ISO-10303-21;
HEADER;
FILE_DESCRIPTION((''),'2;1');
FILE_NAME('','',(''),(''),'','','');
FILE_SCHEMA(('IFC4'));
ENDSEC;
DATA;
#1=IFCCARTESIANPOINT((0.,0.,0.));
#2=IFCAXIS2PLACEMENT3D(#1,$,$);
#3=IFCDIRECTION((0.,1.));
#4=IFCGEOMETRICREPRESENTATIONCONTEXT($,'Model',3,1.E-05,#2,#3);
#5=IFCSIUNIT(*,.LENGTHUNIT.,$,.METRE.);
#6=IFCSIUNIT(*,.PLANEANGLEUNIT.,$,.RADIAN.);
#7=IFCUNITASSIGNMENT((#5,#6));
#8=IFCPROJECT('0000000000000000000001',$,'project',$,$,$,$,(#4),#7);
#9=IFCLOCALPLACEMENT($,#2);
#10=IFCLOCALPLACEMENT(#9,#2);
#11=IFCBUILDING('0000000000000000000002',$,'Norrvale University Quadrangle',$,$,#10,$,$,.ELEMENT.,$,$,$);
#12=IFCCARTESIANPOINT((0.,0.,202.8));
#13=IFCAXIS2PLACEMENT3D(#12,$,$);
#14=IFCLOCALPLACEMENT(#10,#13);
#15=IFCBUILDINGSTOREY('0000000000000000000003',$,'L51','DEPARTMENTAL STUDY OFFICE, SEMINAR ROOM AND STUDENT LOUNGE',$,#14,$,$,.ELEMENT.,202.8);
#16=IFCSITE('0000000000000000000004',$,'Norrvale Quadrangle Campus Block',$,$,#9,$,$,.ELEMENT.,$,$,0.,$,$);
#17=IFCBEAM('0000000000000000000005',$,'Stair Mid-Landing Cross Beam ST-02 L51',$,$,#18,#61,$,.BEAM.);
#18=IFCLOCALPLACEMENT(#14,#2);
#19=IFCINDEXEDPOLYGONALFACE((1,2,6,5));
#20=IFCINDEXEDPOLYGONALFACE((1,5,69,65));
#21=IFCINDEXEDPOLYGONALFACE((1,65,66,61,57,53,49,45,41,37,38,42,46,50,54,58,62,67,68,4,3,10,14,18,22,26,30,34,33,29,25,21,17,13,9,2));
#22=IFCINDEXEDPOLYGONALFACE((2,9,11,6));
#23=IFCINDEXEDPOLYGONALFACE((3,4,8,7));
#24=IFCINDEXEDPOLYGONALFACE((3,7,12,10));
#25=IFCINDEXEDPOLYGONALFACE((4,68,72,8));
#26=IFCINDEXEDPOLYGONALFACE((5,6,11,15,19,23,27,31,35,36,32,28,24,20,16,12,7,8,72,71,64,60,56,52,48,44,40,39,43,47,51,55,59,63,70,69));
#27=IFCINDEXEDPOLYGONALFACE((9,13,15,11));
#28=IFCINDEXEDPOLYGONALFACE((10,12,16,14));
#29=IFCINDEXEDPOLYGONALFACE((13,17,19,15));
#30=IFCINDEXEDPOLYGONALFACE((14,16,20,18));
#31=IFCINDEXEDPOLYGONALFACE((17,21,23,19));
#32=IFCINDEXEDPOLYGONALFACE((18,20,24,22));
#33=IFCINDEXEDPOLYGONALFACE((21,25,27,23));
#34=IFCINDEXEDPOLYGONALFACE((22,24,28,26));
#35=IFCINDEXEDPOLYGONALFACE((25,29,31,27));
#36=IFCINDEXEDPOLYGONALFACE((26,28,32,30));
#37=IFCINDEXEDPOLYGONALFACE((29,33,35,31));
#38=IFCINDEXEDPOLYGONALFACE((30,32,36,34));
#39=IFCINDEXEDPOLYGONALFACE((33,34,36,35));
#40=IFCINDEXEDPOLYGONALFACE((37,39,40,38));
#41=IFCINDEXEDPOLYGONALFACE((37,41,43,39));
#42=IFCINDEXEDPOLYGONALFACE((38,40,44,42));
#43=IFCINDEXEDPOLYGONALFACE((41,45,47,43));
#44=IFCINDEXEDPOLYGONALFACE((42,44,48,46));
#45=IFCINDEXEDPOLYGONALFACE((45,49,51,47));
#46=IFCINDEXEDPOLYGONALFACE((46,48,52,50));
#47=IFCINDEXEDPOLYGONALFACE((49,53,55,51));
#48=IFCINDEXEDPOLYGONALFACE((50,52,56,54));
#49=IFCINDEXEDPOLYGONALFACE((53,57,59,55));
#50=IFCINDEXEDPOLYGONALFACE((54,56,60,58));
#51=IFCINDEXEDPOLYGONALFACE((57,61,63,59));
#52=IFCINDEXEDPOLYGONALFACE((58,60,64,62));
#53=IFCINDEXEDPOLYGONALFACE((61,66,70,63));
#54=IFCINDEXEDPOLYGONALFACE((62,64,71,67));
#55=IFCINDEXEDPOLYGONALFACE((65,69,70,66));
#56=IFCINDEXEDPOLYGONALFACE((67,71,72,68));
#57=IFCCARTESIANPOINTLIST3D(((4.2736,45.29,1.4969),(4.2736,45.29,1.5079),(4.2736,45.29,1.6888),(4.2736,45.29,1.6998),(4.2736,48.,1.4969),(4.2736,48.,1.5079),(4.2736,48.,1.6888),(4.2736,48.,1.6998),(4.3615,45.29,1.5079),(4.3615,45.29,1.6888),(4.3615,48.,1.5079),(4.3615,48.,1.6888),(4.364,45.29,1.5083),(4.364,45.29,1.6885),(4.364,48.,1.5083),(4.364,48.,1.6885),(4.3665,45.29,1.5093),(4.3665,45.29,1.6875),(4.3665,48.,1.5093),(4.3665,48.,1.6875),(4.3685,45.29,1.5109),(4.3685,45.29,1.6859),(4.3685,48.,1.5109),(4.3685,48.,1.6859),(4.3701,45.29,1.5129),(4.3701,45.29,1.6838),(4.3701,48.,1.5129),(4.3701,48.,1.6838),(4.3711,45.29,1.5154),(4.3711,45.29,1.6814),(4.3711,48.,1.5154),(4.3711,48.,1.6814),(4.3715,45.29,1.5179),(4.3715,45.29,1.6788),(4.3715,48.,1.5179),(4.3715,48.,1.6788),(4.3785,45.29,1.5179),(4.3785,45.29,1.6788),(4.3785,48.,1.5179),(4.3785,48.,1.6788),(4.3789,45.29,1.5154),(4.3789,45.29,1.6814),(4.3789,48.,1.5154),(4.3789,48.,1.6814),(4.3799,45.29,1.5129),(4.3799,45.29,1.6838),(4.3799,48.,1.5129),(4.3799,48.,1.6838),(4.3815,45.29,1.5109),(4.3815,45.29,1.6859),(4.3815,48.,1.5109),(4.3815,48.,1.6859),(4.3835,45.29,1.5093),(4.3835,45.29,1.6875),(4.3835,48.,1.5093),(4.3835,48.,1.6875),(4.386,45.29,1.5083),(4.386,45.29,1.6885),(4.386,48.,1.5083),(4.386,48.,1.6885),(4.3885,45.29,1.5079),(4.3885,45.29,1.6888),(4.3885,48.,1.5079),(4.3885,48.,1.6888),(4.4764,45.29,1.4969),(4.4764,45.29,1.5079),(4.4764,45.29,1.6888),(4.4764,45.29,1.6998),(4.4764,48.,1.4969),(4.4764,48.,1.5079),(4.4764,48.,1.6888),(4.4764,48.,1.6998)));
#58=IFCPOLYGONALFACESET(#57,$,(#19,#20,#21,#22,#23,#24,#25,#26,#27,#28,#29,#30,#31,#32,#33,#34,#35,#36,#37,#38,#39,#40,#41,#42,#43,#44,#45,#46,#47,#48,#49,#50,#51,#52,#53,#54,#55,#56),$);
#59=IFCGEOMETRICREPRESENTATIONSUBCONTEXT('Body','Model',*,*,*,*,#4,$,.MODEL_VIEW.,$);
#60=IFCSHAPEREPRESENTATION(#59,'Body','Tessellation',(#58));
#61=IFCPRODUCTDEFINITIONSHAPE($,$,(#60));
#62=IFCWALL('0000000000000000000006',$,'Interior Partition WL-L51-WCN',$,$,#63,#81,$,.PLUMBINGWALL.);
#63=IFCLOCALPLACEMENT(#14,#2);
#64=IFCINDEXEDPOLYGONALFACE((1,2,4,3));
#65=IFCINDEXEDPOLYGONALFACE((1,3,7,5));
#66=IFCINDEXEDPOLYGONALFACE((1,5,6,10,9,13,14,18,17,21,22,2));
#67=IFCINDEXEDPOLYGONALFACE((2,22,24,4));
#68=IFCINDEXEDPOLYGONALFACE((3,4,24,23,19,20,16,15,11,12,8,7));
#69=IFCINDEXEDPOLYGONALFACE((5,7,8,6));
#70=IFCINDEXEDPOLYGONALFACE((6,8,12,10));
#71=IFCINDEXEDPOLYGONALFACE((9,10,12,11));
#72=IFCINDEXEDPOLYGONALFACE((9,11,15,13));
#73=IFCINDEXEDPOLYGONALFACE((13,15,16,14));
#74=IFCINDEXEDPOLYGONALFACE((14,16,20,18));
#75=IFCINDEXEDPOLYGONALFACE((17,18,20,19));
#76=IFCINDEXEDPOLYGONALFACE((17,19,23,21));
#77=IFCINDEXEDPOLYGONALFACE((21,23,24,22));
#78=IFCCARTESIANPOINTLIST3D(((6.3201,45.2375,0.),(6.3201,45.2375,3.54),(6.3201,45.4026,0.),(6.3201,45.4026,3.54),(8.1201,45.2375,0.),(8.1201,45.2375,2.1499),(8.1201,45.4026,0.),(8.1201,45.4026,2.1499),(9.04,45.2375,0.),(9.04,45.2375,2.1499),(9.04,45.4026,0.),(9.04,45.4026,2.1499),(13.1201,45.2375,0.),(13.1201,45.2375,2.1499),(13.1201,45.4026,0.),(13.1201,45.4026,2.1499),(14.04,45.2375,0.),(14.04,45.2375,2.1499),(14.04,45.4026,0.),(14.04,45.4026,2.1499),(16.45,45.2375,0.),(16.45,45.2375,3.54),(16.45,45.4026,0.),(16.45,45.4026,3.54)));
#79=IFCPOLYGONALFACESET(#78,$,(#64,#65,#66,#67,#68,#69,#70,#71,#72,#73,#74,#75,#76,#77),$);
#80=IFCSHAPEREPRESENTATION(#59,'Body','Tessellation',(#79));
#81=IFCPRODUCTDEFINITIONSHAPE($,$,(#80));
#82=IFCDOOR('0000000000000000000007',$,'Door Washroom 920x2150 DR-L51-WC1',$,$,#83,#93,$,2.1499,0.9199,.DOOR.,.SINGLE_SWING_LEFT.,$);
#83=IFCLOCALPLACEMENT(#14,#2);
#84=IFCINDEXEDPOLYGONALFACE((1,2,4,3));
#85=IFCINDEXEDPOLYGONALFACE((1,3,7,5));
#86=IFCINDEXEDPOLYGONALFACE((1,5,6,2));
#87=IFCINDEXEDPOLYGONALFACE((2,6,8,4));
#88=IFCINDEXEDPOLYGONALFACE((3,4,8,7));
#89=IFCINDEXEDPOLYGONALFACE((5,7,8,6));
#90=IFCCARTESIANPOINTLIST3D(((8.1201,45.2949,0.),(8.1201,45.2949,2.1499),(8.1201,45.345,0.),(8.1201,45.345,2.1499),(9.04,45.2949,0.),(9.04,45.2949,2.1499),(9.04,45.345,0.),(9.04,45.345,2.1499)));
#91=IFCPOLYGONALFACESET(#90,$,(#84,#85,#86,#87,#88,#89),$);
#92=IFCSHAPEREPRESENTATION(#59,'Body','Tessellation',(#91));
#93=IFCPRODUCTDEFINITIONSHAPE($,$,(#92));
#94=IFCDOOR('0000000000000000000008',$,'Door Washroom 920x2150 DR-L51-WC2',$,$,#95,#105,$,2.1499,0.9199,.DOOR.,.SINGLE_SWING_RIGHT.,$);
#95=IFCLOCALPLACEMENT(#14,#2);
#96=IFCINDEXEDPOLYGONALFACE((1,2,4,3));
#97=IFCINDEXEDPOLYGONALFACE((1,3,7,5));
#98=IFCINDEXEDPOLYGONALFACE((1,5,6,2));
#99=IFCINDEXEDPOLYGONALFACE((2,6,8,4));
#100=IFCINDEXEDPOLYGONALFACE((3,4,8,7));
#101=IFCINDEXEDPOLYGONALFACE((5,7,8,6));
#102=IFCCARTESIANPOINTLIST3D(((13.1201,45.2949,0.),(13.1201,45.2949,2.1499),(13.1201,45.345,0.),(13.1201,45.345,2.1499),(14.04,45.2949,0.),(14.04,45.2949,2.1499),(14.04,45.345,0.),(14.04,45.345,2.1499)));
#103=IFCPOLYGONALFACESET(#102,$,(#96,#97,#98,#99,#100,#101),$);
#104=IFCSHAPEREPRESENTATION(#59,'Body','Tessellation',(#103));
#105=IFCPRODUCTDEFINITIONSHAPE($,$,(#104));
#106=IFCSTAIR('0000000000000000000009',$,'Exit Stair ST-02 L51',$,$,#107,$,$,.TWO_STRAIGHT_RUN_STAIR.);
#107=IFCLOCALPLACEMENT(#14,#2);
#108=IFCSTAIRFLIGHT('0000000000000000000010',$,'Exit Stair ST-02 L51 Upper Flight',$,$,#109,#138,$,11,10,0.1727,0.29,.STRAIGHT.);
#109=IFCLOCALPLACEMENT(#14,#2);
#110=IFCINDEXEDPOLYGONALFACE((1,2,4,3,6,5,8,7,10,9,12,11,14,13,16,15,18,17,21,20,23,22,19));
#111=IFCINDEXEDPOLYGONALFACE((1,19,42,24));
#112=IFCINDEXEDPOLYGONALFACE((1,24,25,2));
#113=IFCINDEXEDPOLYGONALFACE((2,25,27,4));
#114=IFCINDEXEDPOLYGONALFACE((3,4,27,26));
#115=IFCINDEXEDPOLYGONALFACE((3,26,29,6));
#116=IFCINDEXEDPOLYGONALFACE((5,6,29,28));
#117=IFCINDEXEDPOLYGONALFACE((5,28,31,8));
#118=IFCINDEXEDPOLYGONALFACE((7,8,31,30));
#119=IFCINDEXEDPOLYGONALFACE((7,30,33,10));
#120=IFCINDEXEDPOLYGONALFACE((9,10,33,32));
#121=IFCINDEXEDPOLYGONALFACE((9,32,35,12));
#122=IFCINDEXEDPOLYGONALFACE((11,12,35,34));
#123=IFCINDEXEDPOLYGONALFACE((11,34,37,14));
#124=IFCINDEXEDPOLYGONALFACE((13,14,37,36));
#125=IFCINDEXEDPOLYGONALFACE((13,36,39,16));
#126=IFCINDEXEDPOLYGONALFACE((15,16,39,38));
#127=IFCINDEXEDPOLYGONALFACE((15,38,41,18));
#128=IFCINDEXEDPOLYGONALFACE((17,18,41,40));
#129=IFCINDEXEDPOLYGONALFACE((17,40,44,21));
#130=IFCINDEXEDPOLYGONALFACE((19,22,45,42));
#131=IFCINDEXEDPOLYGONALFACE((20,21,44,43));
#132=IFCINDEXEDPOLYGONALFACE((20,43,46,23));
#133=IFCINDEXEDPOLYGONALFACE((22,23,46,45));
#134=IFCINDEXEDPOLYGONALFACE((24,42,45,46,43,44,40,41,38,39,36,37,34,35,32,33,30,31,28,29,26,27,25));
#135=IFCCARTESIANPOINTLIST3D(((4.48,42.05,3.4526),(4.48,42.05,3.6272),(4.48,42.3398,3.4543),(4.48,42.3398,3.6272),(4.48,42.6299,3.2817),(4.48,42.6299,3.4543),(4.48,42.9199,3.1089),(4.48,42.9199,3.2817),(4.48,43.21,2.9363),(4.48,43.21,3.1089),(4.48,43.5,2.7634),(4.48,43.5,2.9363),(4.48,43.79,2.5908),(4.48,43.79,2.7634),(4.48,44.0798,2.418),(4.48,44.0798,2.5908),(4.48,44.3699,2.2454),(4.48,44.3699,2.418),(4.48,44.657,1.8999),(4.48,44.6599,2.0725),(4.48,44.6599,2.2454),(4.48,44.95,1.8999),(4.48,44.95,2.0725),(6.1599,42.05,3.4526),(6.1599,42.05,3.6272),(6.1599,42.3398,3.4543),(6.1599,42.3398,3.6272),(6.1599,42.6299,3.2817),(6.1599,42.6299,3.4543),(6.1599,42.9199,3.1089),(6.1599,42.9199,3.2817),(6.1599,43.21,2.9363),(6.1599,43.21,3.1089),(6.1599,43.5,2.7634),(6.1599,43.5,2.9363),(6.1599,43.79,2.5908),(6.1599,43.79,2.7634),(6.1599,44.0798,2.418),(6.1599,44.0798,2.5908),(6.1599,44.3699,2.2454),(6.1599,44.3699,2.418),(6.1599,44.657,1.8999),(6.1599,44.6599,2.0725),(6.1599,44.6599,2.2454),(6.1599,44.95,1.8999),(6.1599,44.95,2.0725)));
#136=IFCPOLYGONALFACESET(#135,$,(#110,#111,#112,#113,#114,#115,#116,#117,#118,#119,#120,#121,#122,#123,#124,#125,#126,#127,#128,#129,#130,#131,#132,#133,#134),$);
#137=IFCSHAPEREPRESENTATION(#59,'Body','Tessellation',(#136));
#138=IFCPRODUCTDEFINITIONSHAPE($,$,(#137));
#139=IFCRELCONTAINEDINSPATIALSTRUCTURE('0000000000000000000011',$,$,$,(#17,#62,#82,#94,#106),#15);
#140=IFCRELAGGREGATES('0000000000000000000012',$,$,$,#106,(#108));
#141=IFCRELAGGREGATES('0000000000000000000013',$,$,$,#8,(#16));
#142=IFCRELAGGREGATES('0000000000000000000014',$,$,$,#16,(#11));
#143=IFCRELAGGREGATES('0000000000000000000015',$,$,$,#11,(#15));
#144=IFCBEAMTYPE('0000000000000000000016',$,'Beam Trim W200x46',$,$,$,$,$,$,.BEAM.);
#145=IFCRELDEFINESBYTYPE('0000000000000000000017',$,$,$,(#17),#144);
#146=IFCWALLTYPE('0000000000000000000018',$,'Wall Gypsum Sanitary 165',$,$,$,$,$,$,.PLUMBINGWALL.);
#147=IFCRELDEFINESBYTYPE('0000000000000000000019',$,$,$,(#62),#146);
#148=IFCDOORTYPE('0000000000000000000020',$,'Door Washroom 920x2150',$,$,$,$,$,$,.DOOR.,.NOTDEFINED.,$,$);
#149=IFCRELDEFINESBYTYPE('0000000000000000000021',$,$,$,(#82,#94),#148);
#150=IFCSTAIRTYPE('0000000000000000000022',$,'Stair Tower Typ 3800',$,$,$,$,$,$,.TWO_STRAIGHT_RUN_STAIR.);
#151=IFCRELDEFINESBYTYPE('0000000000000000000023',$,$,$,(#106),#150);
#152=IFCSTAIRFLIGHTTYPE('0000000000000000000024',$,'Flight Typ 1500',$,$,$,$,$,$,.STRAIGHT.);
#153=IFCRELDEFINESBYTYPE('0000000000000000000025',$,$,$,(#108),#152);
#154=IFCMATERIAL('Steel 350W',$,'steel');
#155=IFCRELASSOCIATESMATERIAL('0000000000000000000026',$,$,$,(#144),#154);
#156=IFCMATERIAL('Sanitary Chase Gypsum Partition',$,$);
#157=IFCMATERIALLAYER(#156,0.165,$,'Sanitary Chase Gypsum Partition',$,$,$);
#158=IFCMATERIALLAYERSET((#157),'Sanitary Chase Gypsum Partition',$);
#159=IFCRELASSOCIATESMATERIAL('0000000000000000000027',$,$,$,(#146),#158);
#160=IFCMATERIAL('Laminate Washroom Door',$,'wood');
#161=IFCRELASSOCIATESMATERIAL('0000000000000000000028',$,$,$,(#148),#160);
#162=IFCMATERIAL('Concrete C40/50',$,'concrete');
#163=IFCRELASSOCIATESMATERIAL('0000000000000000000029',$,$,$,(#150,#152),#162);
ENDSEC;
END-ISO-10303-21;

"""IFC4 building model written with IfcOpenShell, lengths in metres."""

from ifc_helpers import new_model, si_unit, direction, frame, frame_2d, origin, origin_2d, place, context, subcontext, project, spatial, polyline, rectangle, i_section, outline, extrude, material, layer, layer_set, material_profile, profile_set, type_object, element, fill, aggregate, save


model = new_model("IFC4")

# Units and contexts
model_context = context("Model", 3, precision=1e-05, world=origin(), true_north=direction((0.0, 1.0)))
body_context = subcontext(model_context, "Body", "Model", "MODEL_VIEW")
ifc_project = project(units=[si_unit("LENGTHUNIT", "METRE"), si_unit("PLANEANGLEUNIT", "RADIAN")], contexts=[model_context])

# Site, building, storey
site_placement = place(None, origin())
site = spatial("IfcSite", under=ifc_project, at=site_placement, Name="Norrvale Quadrangle Campus Block", CompositionType="ELEMENT", RefElevation=0.0)
building_placement = place(site_placement, origin())
building = spatial("IfcBuilding", under=site, at=building_placement, Name="Norrvale University Quadrangle", CompositionType="ELEMENT")
storey_placement = place(building_placement, frame((0.0, 0.0, 202.8)))
storey = spatial("IfcBuildingStorey", under=building, at=storey_placement, Name="L51", Description="DEPARTMENTAL STUDY OFFICE, SEMINAR ROOM AND STUDENT LOUNGE", CompositionType="ELEMENT", Elevation=202.8)

# Beam
ifc_material_1 = material(Name="Steel 350W", Category="steel")
ifc_material_profile_1 = material_profile(ifc_material_1, i_section(OverallWidth=0.2029, OverallDepth=0.2029, WebThickness=0.0071, FlangeThickness=0.011, FilletRadius=0.01, at=origin_2d()), Name="Steel 350W")
ifc_profile_set_1 = profile_set([ifc_material_profile_1], Name="Steel 350W")
beam_type_1 = type_object("IfcBeamType", Name="Beam Trim W200x46", PredefinedType="BEAM", material=ifc_profile_set_1)
beam_1_placement = place(storey_placement, frame((4.375, 45.29, 1.5984), z_axis=(0.0, 1.0, 0.0), x_axis=(-1.0, 0.0, 0.0)))
element("IfcBeam", 1, at=beam_1_placement, inside=storey, type_object=beam_type_1, Name="Stair Mid-Landing Cross Beam ST-02 L51", PredefinedType="BEAM", context=body_context, shape_type="SweptSolid", body=[
    extrude(i_section(OverallWidth=0.2029, OverallDepth=0.2029, WebThickness=0.0071, FlangeThickness=0.011, FilletRadius=0.01, at=origin_2d()), origin(), (0.0, 0.0, 1.0), 2.71),
])

# Wall, openings, doors
ifc_material_2 = material(Name="Sanitary Chase Gypsum Partition")
ifc_layer = layer(ifc_material_2, 0.165, Name="Sanitary Chase Gypsum Partition")
ifc_layer_set = layer_set([ifc_layer], Name="Sanitary Chase Gypsum Partition")
wall_type = type_object("IfcWallType", Name="Wall Gypsum Sanitary 165", PredefinedType="PLUMBINGWALL", material=ifc_layer_set)
wall_placement = place(storey_placement, frame((6.3201, 45.3201, 0.0), z_axis=(0.0, 0.0, 1.0), x_axis=(1.0, 0.0, 0.0)))
wall = element("IfcWall", 2, at=wall_placement, inside=storey, type_object=wall_type, Name="Interior Partition WL-L51-WCN", PredefinedType="PLUMBINGWALL", context=body_context, shape_type="SweptSolid", body=[
    extrude(rectangle(XDim=10.1299, YDim=0.165, at=frame_2d((5.0649, 0.0))), origin(), (0.0, 0.0, 1.0), 3.54),
])
opening_1_placement = place(wall_placement, frame((1.8, 0.0, 0.0)))
opening_1 = element("IfcOpeningElement", 3, at=opening_1_placement, cuts=wall, PredefinedType="OPENING", context=body_context, shape_type="SweptSolid", body=[
    extrude(rectangle(XDim=0.9199, YDim=2.1499, at=frame_2d((0.46, 1.075))), frame((0.0, 0.0945, 0.0), z_axis=(0.0, -1.0, 0.0), x_axis=(1.0, 0.0, 0.0)), (0.0, 0.0, 1.0), 0.189),
])
opening_2_placement = place(wall_placement, frame((6.8, 0.0, 0.0)))
opening_2 = element("IfcOpeningElement", 4, at=opening_2_placement, cuts=wall, PredefinedType="OPENING", context=body_context, shape_type="SweptSolid", body=[
    extrude(rectangle(XDim=0.9199, YDim=2.1499, at=frame_2d((0.46, 1.075))), frame((0.0, 0.0945, 0.0), z_axis=(0.0, -1.0, 0.0), x_axis=(1.0, 0.0, 0.0)), (0.0, 0.0, 1.0), 0.189),
])
ifc_material_3 = material(Name="Laminate Washroom Door", Category="wood")
door_type = type_object("IfcDoorType", Name="Door Washroom 920x2150", OperationType="NOTDEFINED", PredefinedType="DOOR", material=ifc_material_3)
door_1_placement = place(opening_1_placement, origin())
door_1 = element("IfcDoor", 5, at=door_1_placement, inside=storey, type_object=door_type, Name="Door Washroom 920x2150 DR-L51-WC1", OperationType="SINGLE_SWING_LEFT", OverallHeight=2.1499, OverallWidth=0.9199, PredefinedType="DOOR", context=body_context, shape_type="SweptSolid", body=[
    extrude(rectangle(XDim=0.9199, YDim=2.1499, at=frame_2d((0.46, 1.075))), frame((0.0, 0.0249, 0.0), z_axis=(0.0, -1.0, 0.0), x_axis=(1.0, 0.0, 0.0)), (0.0, 0.0, 1.0), 0.05),
])
fill(opening_1, door_1)
door_2_placement = place(opening_2_placement, origin())
door_2 = element("IfcDoor", 6, at=door_2_placement, inside=storey, type_object=door_type, Name="Door Washroom 920x2150 DR-L51-WC2", OperationType="SINGLE_SWING_RIGHT", OverallHeight=2.1499, OverallWidth=0.9199, PredefinedType="DOOR", context=body_context, shape_type="SweptSolid", body=[
    extrude(rectangle(XDim=0.9199, YDim=2.1499, at=frame_2d((0.46, 1.075))), frame((0.0, 0.0249, 0.0), z_axis=(0.0, -1.0, 0.0), x_axis=(1.0, 0.0, 0.0)), (0.0, 0.0, 1.0), 0.05),
])
fill(opening_2, door_2)

# Stair, stair flight
ifc_material_4 = material(Name="Concrete C40/50", Category="concrete")
stair_type = type_object("IfcStairType", Name="Stair Tower Typ 3800", PredefinedType="TWO_STRAIGHT_RUN_STAIR", material=ifc_material_4)
stair_placement = place(storey_placement, origin())
stair = element("IfcStair", 7, at=stair_placement, inside=storey, type_object=stair_type, Name="Exit Stair ST-02 L51", PredefinedType="TWO_STRAIGHT_RUN_STAIR")
stair_flight_type = type_object("IfcStairFlightType", Name="Flight Typ 1500", PredefinedType="STRAIGHT", material=ifc_material_4)
stair_flight_placement = place(storey_placement, frame((5.3201, 44.95, 1.8999), z_axis=(0.0, 0.0, 1.0), x_axis=(0.0, -1.0, 0.0)))
stair_flight = element("IfcStairFlight", 8, at=stair_flight_placement, type_object=stair_flight_type, Name="Exit Stair ST-02 L51 Upper Flight", NumberOfRisers=11, NumberOfTreads=10, PredefinedType="STRAIGHT", RiserHeight=0.1727, TreadLength=0.29, context=body_context, shape_type="SweptSolid", body=[
    extrude(outline(polyline([(0.0, 0.0), (0.0, 0.1726), (0.29, 0.1726), (0.29, 0.3455), (0.5801, 0.3455), (0.5801, 0.5181), (0.8701, 0.5181), (0.8701, 0.6909), (1.1599, 0.6909), (1.1599, 0.8635), (1.45, 0.8635), (1.45, 1.0364), (1.74, 1.0364), (1.74, 1.209), (2.03, 1.209), (2.03, 1.3818), (2.3201, 1.3818), (2.3201, 1.5544), (2.6101, 1.5544), (2.6101, 1.7273), (2.8999, 1.7273), (2.8999, 1.8999), (2.8999, 1.5527), (0.293, 0.0), (0.0, 0.0)])), frame((0.0, 0.8398, 0.0), z_axis=(0.0, -1.0, 0.0), x_axis=(1.0, 0.0, 0.0)), (0.0, 0.0, 1.0), 1.6799),
])
aggregate(stair, [stair_flight])

save(model, "model.ifc")
